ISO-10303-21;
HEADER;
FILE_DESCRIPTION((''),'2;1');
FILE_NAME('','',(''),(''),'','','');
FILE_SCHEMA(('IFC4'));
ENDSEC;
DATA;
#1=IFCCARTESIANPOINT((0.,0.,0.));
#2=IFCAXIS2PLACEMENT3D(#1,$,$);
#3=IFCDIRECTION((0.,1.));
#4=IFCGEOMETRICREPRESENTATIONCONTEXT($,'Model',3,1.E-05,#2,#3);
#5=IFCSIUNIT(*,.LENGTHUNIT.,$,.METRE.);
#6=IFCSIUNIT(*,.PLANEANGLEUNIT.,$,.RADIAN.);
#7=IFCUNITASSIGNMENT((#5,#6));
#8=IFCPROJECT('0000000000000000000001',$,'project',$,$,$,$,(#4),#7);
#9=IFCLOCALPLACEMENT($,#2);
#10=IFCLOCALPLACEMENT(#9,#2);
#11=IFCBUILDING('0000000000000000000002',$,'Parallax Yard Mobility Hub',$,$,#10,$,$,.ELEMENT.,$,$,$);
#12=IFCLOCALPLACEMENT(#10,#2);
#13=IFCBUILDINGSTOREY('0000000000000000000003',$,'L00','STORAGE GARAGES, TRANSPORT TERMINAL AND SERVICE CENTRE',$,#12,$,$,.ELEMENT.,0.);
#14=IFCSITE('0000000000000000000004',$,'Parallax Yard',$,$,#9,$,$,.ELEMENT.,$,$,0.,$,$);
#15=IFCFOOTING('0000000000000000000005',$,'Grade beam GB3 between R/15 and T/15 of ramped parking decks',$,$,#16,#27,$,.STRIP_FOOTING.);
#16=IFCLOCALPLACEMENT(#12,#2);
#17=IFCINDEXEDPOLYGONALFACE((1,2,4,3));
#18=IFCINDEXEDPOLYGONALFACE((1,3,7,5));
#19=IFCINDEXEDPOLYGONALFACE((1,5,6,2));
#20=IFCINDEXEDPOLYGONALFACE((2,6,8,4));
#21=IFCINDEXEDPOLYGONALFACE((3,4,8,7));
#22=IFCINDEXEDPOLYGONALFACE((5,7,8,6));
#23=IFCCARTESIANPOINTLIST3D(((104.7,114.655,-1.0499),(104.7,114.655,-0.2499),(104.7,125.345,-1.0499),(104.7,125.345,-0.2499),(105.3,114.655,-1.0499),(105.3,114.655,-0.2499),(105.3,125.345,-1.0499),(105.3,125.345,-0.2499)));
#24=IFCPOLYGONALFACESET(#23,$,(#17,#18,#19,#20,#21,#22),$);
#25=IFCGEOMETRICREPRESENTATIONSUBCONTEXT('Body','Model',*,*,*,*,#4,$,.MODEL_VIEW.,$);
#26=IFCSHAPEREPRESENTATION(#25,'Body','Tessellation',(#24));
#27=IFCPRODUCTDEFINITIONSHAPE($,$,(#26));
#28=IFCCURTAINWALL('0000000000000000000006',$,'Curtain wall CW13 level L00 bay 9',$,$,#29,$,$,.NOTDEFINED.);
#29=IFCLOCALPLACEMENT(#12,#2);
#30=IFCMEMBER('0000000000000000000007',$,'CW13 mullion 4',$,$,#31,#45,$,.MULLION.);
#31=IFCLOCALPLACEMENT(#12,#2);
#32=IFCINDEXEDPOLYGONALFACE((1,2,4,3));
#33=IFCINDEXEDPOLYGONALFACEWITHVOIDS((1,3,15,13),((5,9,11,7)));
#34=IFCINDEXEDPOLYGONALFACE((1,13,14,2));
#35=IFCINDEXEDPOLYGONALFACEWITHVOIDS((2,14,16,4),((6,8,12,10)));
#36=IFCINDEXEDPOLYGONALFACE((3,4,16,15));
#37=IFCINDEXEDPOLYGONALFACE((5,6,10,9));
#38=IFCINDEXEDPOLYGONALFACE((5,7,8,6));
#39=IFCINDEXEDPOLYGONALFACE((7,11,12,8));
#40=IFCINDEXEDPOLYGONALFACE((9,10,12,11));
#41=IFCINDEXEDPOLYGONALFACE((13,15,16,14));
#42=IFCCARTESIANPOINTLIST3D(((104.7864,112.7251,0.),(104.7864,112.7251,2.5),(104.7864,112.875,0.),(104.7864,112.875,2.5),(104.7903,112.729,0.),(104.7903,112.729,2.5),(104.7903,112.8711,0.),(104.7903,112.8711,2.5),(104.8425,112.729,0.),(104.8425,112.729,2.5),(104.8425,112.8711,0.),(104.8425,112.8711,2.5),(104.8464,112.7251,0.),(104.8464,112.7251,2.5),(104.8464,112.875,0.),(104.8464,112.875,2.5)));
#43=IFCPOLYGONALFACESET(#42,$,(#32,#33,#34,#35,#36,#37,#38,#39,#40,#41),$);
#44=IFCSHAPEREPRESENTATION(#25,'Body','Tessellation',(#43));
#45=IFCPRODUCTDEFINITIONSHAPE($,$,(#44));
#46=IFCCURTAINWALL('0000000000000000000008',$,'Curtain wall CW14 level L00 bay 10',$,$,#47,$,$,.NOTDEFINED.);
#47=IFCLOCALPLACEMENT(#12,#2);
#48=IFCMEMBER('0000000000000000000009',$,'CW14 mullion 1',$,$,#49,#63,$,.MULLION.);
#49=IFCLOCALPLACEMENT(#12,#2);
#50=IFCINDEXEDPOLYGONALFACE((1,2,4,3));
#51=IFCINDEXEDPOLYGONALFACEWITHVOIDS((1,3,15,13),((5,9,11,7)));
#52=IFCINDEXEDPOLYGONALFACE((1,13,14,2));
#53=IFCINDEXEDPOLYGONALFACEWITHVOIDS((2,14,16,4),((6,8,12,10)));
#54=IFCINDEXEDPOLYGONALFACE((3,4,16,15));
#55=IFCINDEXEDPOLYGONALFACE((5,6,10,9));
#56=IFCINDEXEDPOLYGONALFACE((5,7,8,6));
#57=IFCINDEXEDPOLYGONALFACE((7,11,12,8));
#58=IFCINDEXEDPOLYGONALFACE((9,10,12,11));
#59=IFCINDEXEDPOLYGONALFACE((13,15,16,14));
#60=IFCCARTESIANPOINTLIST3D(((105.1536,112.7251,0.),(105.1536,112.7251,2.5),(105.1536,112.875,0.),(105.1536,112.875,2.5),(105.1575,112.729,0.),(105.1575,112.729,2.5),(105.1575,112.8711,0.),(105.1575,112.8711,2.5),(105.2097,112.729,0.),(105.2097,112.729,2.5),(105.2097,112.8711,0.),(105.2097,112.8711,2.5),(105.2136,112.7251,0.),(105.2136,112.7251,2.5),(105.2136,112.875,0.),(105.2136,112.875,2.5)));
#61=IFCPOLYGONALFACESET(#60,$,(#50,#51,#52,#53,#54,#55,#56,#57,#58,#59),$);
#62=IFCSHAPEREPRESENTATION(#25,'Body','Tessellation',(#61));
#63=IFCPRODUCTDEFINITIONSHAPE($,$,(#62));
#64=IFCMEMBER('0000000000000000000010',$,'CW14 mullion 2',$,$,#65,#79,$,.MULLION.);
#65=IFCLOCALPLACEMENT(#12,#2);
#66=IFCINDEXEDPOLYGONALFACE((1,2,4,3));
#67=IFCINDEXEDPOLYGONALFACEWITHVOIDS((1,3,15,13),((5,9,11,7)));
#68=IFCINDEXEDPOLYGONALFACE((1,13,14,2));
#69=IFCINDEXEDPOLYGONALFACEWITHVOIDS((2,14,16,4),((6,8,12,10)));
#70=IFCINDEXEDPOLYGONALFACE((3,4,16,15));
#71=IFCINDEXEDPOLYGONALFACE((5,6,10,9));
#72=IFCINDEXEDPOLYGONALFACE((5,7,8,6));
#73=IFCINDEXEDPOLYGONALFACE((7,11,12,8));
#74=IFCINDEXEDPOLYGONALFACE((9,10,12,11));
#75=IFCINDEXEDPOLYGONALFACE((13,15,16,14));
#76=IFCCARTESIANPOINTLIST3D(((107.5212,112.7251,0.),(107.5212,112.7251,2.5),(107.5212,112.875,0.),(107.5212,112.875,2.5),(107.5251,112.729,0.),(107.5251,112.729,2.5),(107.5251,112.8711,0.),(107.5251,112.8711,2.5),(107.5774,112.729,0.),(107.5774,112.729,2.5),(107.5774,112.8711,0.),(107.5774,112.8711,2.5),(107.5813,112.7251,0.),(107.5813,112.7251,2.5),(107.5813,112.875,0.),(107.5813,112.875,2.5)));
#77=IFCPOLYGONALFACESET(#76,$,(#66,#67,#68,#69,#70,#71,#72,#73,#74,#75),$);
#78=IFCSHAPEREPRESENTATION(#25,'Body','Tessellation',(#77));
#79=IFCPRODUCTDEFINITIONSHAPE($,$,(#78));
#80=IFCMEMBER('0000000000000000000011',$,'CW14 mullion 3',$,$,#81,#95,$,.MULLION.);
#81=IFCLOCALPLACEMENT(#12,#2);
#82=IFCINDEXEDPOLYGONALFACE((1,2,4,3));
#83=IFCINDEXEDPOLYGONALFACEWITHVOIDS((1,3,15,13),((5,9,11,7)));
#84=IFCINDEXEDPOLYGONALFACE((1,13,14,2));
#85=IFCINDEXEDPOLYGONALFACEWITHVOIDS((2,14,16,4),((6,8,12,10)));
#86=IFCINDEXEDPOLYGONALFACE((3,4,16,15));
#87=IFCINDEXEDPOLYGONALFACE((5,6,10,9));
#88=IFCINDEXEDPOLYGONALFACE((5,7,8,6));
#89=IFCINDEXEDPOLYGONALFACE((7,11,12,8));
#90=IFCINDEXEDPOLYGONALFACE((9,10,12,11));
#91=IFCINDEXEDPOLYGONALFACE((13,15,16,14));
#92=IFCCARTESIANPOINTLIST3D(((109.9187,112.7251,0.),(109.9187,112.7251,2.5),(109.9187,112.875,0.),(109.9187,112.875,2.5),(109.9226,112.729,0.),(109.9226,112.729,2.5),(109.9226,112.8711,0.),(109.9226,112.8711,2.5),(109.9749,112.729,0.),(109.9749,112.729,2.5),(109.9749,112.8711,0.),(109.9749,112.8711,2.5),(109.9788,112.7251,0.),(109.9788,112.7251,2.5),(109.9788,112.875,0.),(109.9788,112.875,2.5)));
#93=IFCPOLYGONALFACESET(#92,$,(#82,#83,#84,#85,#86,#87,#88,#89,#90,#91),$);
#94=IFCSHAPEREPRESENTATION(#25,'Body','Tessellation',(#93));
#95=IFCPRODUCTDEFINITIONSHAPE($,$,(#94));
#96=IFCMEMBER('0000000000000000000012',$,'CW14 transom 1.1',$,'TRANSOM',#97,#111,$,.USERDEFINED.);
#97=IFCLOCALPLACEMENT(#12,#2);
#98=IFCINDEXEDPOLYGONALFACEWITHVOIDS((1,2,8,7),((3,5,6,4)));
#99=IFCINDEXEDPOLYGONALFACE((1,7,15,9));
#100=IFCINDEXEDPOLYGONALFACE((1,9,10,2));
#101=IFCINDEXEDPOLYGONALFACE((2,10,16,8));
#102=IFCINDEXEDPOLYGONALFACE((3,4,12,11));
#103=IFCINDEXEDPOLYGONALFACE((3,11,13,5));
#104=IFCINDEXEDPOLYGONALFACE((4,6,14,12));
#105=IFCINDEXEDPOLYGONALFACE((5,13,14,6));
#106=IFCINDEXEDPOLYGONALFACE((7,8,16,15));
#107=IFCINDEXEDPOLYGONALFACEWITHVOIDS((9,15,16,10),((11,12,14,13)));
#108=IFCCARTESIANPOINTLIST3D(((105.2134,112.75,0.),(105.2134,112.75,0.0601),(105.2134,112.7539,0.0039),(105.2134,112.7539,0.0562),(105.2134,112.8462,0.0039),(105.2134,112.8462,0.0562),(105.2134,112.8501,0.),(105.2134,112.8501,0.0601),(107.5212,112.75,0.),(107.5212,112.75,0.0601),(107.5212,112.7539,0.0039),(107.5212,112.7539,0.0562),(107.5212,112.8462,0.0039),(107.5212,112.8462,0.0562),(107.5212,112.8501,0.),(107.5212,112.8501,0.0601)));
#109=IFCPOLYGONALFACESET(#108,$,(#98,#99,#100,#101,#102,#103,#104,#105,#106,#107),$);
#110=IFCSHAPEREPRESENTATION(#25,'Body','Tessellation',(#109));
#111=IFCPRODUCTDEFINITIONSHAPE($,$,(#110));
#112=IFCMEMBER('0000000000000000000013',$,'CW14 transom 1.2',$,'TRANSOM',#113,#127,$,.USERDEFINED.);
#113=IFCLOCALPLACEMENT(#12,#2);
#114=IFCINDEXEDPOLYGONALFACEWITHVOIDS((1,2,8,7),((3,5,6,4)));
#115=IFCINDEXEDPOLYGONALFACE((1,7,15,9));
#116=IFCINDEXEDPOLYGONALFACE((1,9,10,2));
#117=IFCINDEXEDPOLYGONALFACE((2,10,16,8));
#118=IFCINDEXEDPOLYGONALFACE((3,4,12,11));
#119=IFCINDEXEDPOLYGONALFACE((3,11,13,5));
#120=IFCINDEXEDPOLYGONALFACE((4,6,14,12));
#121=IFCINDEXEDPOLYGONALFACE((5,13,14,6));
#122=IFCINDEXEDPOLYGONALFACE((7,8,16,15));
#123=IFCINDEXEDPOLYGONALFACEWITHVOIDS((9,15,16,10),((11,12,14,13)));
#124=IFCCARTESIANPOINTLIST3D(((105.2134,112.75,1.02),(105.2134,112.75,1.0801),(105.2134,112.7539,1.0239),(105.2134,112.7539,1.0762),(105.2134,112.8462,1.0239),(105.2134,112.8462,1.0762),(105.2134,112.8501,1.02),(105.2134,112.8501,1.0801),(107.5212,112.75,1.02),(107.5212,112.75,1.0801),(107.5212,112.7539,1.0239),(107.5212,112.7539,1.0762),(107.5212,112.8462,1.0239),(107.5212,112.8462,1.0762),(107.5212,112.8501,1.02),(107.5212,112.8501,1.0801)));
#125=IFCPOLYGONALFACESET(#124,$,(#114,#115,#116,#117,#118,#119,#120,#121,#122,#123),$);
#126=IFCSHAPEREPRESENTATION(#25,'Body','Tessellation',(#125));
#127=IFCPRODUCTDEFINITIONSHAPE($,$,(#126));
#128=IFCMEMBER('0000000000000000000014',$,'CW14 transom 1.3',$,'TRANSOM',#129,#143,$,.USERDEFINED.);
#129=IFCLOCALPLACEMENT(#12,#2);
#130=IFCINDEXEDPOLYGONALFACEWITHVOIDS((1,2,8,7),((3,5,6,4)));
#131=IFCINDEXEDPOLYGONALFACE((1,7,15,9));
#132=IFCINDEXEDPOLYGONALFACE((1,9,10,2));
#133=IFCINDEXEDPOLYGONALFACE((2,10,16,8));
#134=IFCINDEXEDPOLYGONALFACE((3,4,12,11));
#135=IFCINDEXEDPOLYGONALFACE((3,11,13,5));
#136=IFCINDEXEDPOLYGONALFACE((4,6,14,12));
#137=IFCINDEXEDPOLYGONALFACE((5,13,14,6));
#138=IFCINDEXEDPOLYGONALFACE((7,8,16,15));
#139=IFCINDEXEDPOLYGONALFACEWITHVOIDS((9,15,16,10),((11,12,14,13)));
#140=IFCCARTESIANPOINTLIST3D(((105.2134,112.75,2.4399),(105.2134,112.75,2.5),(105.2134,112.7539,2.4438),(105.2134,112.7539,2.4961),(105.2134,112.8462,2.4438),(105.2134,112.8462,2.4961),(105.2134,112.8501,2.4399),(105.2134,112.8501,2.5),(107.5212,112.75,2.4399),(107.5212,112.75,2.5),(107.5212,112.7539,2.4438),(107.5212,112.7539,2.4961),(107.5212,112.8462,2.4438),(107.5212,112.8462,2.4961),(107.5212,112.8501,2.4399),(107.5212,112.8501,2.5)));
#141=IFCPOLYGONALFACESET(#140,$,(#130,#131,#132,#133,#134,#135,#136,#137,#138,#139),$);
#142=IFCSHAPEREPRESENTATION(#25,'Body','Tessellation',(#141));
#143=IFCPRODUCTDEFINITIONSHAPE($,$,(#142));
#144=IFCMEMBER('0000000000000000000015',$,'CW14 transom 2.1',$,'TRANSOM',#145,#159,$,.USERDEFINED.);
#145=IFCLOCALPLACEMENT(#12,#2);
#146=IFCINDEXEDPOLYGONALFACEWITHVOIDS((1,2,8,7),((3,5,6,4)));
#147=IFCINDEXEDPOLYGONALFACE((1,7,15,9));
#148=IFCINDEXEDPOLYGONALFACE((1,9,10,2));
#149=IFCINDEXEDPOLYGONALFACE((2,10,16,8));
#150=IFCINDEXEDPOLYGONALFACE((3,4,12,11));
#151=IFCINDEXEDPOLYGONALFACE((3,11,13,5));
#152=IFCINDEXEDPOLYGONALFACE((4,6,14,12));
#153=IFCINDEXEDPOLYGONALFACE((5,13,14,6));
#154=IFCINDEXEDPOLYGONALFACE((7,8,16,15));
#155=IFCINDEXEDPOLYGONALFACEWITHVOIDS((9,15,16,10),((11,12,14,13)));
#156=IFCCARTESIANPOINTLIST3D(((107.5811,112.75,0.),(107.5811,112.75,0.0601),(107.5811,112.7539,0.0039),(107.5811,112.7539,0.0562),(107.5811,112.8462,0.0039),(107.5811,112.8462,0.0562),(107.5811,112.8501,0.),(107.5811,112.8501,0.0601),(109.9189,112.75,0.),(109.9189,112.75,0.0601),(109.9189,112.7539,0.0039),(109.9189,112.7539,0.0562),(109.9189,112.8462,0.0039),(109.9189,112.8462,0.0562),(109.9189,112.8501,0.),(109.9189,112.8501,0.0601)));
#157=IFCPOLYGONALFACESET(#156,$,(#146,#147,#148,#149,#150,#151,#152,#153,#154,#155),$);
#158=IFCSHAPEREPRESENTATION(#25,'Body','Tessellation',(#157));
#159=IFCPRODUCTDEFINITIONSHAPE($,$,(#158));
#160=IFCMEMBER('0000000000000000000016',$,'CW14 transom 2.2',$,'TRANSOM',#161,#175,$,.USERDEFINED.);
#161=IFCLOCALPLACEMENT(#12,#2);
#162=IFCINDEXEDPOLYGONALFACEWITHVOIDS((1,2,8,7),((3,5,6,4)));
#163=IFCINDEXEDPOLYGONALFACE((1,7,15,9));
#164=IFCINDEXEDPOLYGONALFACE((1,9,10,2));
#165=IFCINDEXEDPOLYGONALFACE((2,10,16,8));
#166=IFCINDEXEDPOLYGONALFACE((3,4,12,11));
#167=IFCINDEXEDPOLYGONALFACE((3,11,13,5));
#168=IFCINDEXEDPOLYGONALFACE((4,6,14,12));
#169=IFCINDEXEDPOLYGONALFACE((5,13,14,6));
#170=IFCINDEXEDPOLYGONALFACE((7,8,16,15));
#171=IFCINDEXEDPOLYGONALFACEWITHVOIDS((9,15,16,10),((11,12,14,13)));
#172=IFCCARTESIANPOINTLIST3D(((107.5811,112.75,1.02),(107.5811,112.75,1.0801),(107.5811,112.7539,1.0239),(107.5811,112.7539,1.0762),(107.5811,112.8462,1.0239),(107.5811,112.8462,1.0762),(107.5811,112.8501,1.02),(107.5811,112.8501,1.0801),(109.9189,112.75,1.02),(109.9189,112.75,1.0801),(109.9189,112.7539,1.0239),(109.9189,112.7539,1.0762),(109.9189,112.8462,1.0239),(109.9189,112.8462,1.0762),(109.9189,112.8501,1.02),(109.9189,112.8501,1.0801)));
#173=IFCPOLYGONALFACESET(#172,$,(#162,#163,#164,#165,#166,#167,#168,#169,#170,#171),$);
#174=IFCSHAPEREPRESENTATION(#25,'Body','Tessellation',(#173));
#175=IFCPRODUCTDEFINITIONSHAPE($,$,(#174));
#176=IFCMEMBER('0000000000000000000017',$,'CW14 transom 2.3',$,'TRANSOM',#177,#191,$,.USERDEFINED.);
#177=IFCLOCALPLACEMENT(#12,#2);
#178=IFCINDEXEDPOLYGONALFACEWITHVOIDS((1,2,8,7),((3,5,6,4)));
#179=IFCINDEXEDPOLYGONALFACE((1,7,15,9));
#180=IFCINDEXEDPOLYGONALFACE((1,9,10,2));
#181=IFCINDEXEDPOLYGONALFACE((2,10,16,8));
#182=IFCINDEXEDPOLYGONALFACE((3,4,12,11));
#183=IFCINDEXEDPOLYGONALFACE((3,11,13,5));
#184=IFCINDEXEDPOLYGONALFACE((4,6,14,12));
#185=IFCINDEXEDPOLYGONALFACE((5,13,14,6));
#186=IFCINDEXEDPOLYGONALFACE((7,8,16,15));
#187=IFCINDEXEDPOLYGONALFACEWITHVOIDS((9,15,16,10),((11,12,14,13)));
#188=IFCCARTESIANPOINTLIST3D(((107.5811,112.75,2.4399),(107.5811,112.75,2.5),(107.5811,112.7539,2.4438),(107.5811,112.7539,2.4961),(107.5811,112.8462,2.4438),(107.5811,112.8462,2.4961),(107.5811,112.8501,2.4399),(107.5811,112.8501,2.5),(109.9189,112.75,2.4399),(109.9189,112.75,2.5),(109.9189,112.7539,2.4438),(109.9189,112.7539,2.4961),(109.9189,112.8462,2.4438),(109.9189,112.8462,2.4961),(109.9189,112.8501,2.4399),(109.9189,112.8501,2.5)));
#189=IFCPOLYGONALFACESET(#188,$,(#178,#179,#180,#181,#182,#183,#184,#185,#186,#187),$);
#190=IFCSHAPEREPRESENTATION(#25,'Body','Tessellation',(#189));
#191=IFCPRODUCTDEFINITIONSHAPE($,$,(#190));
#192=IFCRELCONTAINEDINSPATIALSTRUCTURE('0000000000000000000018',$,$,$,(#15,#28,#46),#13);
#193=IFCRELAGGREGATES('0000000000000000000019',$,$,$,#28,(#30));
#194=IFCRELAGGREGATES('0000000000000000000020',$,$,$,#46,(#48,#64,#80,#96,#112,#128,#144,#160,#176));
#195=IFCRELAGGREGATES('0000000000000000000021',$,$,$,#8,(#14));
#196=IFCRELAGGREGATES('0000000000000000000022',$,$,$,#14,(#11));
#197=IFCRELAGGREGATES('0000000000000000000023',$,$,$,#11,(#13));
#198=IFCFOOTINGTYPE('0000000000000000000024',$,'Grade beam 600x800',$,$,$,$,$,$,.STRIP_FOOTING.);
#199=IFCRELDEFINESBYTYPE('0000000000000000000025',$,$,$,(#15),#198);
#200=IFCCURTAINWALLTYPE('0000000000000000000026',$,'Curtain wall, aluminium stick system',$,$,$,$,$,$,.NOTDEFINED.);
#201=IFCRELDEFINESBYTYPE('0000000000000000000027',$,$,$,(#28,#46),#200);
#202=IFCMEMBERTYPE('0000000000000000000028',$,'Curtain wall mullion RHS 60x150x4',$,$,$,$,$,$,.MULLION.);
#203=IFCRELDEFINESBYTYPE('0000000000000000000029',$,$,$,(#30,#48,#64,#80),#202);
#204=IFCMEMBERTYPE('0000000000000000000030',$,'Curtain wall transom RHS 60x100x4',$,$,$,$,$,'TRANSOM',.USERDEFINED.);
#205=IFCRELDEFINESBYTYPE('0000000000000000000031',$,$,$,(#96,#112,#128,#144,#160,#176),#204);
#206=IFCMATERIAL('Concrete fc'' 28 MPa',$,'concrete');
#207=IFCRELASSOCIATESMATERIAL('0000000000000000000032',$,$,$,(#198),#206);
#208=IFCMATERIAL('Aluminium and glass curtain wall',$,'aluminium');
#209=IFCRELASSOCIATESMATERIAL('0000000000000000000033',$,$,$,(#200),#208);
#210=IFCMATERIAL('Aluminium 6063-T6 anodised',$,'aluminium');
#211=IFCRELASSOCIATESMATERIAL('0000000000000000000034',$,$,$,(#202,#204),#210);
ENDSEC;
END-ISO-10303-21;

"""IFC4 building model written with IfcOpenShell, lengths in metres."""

from ifc_helpers import new_model, si_unit, direction, frame, origin, origin_2d, place, context, subcontext, project, spatial, rectangle, hollow_rectangle, extrude, material, material_profile, profile_set, type_object, element, aggregate, save


model = new_model("IFC4")

# Units and contexts
model_context = context("Model", 3, precision=1e-05, world=origin(), true_north=direction((0.0, 1.0)))
body_context = subcontext(model_context, "Body", "Model", "MODEL_VIEW")
ifc_project = project(units=[si_unit("LENGTHUNIT", "METRE"), si_unit("PLANEANGLEUNIT", "RADIAN")], contexts=[model_context])

# Site, building, storey
site_placement = place(None, origin())
site = spatial("IfcSite", under=ifc_project, at=site_placement, Name="Parallax Yard", CompositionType="ELEMENT", RefElevation=0.0)
building_placement = place(site_placement, origin())
building = spatial("IfcBuilding", under=site, at=building_placement, Name="Parallax Yard Mobility Hub", CompositionType="ELEMENT")
storey_placement = place(building_placement, origin())
storey = spatial("IfcBuildingStorey", under=building, at=storey_placement, Name="L00", Description="STORAGE GARAGES, TRANSPORT TERMINAL AND SERVICE CENTRE", CompositionType="ELEMENT", Elevation=0.0)

# Shared definitions
ifc_material_1 = material(Name="Concrete fc' 28 MPa", Category="concrete")

# Footing
ifc_material_profile_1 = material_profile(ifc_material_1, rectangle(XDim=0.6001, YDim=0.8, at=origin_2d()), Name="Grade beam 600x800")
ifc_profile_set_1 = profile_set([ifc_material_profile_1], Name="Concrete fc' 28 MPa")
footing_type = type_object("IfcFootingType", Name="Grade beam 600x800", PredefinedType="STRIP_FOOTING", material=ifc_profile_set_1)
for number, where, z_axis, x_axis, name in (
    (1, (105.0, 114.655, -0.6499), (0.0, 1.0, 0.0), (-1.0, 0.0, 0.0), "Grade beam GB3 between R/15 and T/15 of ramped parking decks"),
):
    element("IfcFooting", number, at=place(storey_placement, frame(where, z_axis=z_axis, x_axis=x_axis)), inside=storey, type_object=footing_type, Name=name, PredefinedType="STRIP_FOOTING", context=body_context, shape_type="SweptSolid", body=[
        extrude(rectangle(XDim=0.6001, YDim=0.8, at=origin_2d()), origin(), (0.0, 0.0, 1.0), 10.6899),
    ])

# Curtain wall, member
ifc_material_2 = material(Name="Aluminium and glass curtain wall", Category="aluminium")
curtain_wall_type = type_object("IfcCurtainWallType", Name="Curtain wall, aluminium stick system", PredefinedType="NOTDEFINED", material=ifc_material_2)
curtain_wall_1_placement = place(storey_placement, origin())
curtain_wall_1 = element("IfcCurtainWall", 2, at=curtain_wall_1_placement, inside=storey, type_object=curtain_wall_type, Name="Curtain wall CW13 level L00 bay 9", PredefinedType="NOTDEFINED")
ifc_material_3 = material(Name="Aluminium 6063-T6 anodised", Category="aluminium")
ifc_material_profile_2 = material_profile(ifc_material_3, hollow_rectangle(XDim=0.1499, YDim=0.0601, WallThickness=0.0039, at=origin_2d()), Name="RHS 60x150x4")
ifc_profile_set_2 = profile_set([ifc_material_profile_2], Name="Aluminium 6063-T6 anodised")
member_type_1 = type_object("IfcMemberType", Name="Curtain wall mullion RHS 60x150x4", PredefinedType="MULLION", material=ifc_profile_set_2)
member_1_placement = place(storey_placement, frame((104.8164, 112.8, 0.0), z_axis=(0.0, 0.0, 1.0), x_axis=(0.0, 1.0, 0.0)))
member_1 = element("IfcMember", 3, at=member_1_placement, type_object=member_type_1, Name="CW13 mullion 4", PredefinedType="MULLION", context=body_context, shape_type="SweptSolid", body=[
    extrude(hollow_rectangle(XDim=0.1499, YDim=0.0601, WallThickness=0.0039, at=origin_2d()), origin(), (0.0, 0.0, 1.0), 2.5),
])

# Curtain wall, members
curtain_wall_2_placement = place(storey_placement, origin())
curtain_wall_2 = element("IfcCurtainWall", 4, at=curtain_wall_2_placement, inside=storey, type_object=curtain_wall_type, Name="Curtain wall CW14 level L00 bay 10", PredefinedType="NOTDEFINED")
member_2_placement = place(storey_placement, frame((105.1836, 112.8, 0.0), z_axis=(0.0, 0.0, 1.0), x_axis=(0.0, 1.0, 0.0)))
member_2 = element("IfcMember", 5, at=member_2_placement, type_object=member_type_1, Name="CW14 mullion 1", PredefinedType="MULLION", context=body_context, shape_type="SweptSolid", body=[
    extrude(hollow_rectangle(XDim=0.1499, YDim=0.0601, WallThickness=0.0039, at=origin_2d()), origin(), (0.0, 0.0, 1.0), 2.5),
])
member_3_placement = place(storey_placement, frame((107.5513, 112.8, 0.0), z_axis=(0.0, 0.0, 1.0), x_axis=(0.0, 1.0, 0.0)))
member_3 = element("IfcMember", 6, at=member_3_placement, type_object=member_type_1, Name="CW14 mullion 2", PredefinedType="MULLION", context=body_context, shape_type="SweptSolid", body=[
    extrude(hollow_rectangle(XDim=0.1499, YDim=0.0601, WallThickness=0.0039, at=origin_2d()), origin(), (0.0, 0.0, 1.0), 2.5),
])
member_4_placement = place(storey_placement, frame((109.9487, 112.8, 0.0), z_axis=(0.0, 0.0, 1.0), x_axis=(0.0, 1.0, 0.0)))
member_4 = element("IfcMember", 7, at=member_4_placement, type_object=member_type_1, Name="CW14 mullion 3", PredefinedType="MULLION", context=body_context, shape_type="SweptSolid", body=[
    extrude(hollow_rectangle(XDim=0.1499, YDim=0.0601, WallThickness=0.0039, at=origin_2d()), origin(), (0.0, 0.0, 1.0), 2.5),
])
ifc_material_profile_3 = material_profile(ifc_material_3, hollow_rectangle(XDim=0.1001, YDim=0.0601, WallThickness=0.0039, at=origin_2d()), Name="RHS 60x100x4")
ifc_profile_set_3 = profile_set([ifc_material_profile_3], Name="Aluminium 6063-T6 anodised")
member_type_2 = type_object("IfcMemberType", Name="Curtain wall transom RHS 60x100x4", ElementType="TRANSOM", PredefinedType="USERDEFINED", material=ifc_profile_set_3)
member_5_placement = place(storey_placement, frame((105.2134, 112.8, 0.03), z_axis=(1.0, 0.0, 0.0), x_axis=(0.0, 1.0, 0.0)))
member_5 = element("IfcMember", 8, at=member_5_placement, type_object=member_type_2, Name="CW14 transom 1.1", ObjectType="TRANSOM", PredefinedType="USERDEFINED", context=body_context, shape_type="SweptSolid", body=[
    extrude(hollow_rectangle(XDim=0.1001, YDim=0.0601, WallThickness=0.0039, at=origin_2d()), origin(), (0.0, 0.0, 1.0), 2.3079),
])
member_6_placement = place(storey_placement, frame((105.2134, 112.8, 1.05), z_axis=(1.0, 0.0, 0.0), x_axis=(0.0, 1.0, 0.0)))
member_6 = element("IfcMember", 9, at=member_6_placement, type_object=member_type_2, Name="CW14 transom 1.2", ObjectType="TRANSOM", PredefinedType="USERDEFINED", context=body_context, shape_type="SweptSolid", body=[
    extrude(hollow_rectangle(XDim=0.1001, YDim=0.0601, WallThickness=0.0039, at=origin_2d()), origin(), (0.0, 0.0, 1.0), 2.3079),
])
member_7_placement = place(storey_placement, frame((105.2134, 112.8, 2.47), z_axis=(1.0, 0.0, 0.0), x_axis=(0.0, 1.0, 0.0)))
member_7 = element("IfcMember", 10, at=member_7_placement, type_object=member_type_2, Name="CW14 transom 1.3", ObjectType="TRANSOM", PredefinedType="USERDEFINED", context=body_context, shape_type="SweptSolid", body=[
    extrude(hollow_rectangle(XDim=0.1001, YDim=0.0601, WallThickness=0.0039, at=origin_2d()), origin(), (0.0, 0.0, 1.0), 2.3079),
])
member_8_placement = place(storey_placement, frame((107.5811, 112.8, 0.03), z_axis=(1.0, 0.0, 0.0), x_axis=(0.0, 1.0, 0.0)))
member_8 = element("IfcMember", 11, at=member_8_placement, type_object=member_type_2, Name="CW14 transom 2.1", ObjectType="TRANSOM", PredefinedType="USERDEFINED", context=body_context, shape_type="SweptSolid", body=[
    extrude(hollow_rectangle(XDim=0.1001, YDim=0.0601, WallThickness=0.0039, at=origin_2d()), origin(), (0.0, 0.0, 1.0), 2.3379),
])
member_9_placement = place(storey_placement, frame((107.5811, 112.8, 1.05), z_axis=(1.0, 0.0, 0.0), x_axis=(0.0, 1.0, 0.0)))
member_9 = element("IfcMember", 12, at=member_9_placement, type_object=member_type_2, Name="CW14 transom 2.2", ObjectType="TRANSOM", PredefinedType="USERDEFINED", context=body_context, shape_type="SweptSolid", body=[
    extrude(hollow_rectangle(XDim=0.1001, YDim=0.0601, WallThickness=0.0039, at=origin_2d()), origin(), (0.0, 0.0, 1.0), 2.3379),
])
member_10_placement = place(storey_placement, frame((107.5811, 112.8, 2.47), z_axis=(1.0, 0.0, 0.0), x_axis=(0.0, 1.0, 0.0)))
member_10 = element("IfcMember", 13, at=member_10_placement, type_object=member_type_2, Name="CW14 transom 2.3", ObjectType="TRANSOM", PredefinedType="USERDEFINED", context=body_context, shape_type="SweptSolid", body=[
    extrude(hollow_rectangle(XDim=0.1001, YDim=0.0601, WallThickness=0.0039, at=origin_2d()), origin(), (0.0, 0.0, 1.0), 2.3379),
])

aggregate(curtain_wall_1, [member_1])
aggregate(curtain_wall_2, [member_2, member_3, member_4, member_5, member_6, member_7, member_8, member_9, member_10])

save(model, "model.ifc")
